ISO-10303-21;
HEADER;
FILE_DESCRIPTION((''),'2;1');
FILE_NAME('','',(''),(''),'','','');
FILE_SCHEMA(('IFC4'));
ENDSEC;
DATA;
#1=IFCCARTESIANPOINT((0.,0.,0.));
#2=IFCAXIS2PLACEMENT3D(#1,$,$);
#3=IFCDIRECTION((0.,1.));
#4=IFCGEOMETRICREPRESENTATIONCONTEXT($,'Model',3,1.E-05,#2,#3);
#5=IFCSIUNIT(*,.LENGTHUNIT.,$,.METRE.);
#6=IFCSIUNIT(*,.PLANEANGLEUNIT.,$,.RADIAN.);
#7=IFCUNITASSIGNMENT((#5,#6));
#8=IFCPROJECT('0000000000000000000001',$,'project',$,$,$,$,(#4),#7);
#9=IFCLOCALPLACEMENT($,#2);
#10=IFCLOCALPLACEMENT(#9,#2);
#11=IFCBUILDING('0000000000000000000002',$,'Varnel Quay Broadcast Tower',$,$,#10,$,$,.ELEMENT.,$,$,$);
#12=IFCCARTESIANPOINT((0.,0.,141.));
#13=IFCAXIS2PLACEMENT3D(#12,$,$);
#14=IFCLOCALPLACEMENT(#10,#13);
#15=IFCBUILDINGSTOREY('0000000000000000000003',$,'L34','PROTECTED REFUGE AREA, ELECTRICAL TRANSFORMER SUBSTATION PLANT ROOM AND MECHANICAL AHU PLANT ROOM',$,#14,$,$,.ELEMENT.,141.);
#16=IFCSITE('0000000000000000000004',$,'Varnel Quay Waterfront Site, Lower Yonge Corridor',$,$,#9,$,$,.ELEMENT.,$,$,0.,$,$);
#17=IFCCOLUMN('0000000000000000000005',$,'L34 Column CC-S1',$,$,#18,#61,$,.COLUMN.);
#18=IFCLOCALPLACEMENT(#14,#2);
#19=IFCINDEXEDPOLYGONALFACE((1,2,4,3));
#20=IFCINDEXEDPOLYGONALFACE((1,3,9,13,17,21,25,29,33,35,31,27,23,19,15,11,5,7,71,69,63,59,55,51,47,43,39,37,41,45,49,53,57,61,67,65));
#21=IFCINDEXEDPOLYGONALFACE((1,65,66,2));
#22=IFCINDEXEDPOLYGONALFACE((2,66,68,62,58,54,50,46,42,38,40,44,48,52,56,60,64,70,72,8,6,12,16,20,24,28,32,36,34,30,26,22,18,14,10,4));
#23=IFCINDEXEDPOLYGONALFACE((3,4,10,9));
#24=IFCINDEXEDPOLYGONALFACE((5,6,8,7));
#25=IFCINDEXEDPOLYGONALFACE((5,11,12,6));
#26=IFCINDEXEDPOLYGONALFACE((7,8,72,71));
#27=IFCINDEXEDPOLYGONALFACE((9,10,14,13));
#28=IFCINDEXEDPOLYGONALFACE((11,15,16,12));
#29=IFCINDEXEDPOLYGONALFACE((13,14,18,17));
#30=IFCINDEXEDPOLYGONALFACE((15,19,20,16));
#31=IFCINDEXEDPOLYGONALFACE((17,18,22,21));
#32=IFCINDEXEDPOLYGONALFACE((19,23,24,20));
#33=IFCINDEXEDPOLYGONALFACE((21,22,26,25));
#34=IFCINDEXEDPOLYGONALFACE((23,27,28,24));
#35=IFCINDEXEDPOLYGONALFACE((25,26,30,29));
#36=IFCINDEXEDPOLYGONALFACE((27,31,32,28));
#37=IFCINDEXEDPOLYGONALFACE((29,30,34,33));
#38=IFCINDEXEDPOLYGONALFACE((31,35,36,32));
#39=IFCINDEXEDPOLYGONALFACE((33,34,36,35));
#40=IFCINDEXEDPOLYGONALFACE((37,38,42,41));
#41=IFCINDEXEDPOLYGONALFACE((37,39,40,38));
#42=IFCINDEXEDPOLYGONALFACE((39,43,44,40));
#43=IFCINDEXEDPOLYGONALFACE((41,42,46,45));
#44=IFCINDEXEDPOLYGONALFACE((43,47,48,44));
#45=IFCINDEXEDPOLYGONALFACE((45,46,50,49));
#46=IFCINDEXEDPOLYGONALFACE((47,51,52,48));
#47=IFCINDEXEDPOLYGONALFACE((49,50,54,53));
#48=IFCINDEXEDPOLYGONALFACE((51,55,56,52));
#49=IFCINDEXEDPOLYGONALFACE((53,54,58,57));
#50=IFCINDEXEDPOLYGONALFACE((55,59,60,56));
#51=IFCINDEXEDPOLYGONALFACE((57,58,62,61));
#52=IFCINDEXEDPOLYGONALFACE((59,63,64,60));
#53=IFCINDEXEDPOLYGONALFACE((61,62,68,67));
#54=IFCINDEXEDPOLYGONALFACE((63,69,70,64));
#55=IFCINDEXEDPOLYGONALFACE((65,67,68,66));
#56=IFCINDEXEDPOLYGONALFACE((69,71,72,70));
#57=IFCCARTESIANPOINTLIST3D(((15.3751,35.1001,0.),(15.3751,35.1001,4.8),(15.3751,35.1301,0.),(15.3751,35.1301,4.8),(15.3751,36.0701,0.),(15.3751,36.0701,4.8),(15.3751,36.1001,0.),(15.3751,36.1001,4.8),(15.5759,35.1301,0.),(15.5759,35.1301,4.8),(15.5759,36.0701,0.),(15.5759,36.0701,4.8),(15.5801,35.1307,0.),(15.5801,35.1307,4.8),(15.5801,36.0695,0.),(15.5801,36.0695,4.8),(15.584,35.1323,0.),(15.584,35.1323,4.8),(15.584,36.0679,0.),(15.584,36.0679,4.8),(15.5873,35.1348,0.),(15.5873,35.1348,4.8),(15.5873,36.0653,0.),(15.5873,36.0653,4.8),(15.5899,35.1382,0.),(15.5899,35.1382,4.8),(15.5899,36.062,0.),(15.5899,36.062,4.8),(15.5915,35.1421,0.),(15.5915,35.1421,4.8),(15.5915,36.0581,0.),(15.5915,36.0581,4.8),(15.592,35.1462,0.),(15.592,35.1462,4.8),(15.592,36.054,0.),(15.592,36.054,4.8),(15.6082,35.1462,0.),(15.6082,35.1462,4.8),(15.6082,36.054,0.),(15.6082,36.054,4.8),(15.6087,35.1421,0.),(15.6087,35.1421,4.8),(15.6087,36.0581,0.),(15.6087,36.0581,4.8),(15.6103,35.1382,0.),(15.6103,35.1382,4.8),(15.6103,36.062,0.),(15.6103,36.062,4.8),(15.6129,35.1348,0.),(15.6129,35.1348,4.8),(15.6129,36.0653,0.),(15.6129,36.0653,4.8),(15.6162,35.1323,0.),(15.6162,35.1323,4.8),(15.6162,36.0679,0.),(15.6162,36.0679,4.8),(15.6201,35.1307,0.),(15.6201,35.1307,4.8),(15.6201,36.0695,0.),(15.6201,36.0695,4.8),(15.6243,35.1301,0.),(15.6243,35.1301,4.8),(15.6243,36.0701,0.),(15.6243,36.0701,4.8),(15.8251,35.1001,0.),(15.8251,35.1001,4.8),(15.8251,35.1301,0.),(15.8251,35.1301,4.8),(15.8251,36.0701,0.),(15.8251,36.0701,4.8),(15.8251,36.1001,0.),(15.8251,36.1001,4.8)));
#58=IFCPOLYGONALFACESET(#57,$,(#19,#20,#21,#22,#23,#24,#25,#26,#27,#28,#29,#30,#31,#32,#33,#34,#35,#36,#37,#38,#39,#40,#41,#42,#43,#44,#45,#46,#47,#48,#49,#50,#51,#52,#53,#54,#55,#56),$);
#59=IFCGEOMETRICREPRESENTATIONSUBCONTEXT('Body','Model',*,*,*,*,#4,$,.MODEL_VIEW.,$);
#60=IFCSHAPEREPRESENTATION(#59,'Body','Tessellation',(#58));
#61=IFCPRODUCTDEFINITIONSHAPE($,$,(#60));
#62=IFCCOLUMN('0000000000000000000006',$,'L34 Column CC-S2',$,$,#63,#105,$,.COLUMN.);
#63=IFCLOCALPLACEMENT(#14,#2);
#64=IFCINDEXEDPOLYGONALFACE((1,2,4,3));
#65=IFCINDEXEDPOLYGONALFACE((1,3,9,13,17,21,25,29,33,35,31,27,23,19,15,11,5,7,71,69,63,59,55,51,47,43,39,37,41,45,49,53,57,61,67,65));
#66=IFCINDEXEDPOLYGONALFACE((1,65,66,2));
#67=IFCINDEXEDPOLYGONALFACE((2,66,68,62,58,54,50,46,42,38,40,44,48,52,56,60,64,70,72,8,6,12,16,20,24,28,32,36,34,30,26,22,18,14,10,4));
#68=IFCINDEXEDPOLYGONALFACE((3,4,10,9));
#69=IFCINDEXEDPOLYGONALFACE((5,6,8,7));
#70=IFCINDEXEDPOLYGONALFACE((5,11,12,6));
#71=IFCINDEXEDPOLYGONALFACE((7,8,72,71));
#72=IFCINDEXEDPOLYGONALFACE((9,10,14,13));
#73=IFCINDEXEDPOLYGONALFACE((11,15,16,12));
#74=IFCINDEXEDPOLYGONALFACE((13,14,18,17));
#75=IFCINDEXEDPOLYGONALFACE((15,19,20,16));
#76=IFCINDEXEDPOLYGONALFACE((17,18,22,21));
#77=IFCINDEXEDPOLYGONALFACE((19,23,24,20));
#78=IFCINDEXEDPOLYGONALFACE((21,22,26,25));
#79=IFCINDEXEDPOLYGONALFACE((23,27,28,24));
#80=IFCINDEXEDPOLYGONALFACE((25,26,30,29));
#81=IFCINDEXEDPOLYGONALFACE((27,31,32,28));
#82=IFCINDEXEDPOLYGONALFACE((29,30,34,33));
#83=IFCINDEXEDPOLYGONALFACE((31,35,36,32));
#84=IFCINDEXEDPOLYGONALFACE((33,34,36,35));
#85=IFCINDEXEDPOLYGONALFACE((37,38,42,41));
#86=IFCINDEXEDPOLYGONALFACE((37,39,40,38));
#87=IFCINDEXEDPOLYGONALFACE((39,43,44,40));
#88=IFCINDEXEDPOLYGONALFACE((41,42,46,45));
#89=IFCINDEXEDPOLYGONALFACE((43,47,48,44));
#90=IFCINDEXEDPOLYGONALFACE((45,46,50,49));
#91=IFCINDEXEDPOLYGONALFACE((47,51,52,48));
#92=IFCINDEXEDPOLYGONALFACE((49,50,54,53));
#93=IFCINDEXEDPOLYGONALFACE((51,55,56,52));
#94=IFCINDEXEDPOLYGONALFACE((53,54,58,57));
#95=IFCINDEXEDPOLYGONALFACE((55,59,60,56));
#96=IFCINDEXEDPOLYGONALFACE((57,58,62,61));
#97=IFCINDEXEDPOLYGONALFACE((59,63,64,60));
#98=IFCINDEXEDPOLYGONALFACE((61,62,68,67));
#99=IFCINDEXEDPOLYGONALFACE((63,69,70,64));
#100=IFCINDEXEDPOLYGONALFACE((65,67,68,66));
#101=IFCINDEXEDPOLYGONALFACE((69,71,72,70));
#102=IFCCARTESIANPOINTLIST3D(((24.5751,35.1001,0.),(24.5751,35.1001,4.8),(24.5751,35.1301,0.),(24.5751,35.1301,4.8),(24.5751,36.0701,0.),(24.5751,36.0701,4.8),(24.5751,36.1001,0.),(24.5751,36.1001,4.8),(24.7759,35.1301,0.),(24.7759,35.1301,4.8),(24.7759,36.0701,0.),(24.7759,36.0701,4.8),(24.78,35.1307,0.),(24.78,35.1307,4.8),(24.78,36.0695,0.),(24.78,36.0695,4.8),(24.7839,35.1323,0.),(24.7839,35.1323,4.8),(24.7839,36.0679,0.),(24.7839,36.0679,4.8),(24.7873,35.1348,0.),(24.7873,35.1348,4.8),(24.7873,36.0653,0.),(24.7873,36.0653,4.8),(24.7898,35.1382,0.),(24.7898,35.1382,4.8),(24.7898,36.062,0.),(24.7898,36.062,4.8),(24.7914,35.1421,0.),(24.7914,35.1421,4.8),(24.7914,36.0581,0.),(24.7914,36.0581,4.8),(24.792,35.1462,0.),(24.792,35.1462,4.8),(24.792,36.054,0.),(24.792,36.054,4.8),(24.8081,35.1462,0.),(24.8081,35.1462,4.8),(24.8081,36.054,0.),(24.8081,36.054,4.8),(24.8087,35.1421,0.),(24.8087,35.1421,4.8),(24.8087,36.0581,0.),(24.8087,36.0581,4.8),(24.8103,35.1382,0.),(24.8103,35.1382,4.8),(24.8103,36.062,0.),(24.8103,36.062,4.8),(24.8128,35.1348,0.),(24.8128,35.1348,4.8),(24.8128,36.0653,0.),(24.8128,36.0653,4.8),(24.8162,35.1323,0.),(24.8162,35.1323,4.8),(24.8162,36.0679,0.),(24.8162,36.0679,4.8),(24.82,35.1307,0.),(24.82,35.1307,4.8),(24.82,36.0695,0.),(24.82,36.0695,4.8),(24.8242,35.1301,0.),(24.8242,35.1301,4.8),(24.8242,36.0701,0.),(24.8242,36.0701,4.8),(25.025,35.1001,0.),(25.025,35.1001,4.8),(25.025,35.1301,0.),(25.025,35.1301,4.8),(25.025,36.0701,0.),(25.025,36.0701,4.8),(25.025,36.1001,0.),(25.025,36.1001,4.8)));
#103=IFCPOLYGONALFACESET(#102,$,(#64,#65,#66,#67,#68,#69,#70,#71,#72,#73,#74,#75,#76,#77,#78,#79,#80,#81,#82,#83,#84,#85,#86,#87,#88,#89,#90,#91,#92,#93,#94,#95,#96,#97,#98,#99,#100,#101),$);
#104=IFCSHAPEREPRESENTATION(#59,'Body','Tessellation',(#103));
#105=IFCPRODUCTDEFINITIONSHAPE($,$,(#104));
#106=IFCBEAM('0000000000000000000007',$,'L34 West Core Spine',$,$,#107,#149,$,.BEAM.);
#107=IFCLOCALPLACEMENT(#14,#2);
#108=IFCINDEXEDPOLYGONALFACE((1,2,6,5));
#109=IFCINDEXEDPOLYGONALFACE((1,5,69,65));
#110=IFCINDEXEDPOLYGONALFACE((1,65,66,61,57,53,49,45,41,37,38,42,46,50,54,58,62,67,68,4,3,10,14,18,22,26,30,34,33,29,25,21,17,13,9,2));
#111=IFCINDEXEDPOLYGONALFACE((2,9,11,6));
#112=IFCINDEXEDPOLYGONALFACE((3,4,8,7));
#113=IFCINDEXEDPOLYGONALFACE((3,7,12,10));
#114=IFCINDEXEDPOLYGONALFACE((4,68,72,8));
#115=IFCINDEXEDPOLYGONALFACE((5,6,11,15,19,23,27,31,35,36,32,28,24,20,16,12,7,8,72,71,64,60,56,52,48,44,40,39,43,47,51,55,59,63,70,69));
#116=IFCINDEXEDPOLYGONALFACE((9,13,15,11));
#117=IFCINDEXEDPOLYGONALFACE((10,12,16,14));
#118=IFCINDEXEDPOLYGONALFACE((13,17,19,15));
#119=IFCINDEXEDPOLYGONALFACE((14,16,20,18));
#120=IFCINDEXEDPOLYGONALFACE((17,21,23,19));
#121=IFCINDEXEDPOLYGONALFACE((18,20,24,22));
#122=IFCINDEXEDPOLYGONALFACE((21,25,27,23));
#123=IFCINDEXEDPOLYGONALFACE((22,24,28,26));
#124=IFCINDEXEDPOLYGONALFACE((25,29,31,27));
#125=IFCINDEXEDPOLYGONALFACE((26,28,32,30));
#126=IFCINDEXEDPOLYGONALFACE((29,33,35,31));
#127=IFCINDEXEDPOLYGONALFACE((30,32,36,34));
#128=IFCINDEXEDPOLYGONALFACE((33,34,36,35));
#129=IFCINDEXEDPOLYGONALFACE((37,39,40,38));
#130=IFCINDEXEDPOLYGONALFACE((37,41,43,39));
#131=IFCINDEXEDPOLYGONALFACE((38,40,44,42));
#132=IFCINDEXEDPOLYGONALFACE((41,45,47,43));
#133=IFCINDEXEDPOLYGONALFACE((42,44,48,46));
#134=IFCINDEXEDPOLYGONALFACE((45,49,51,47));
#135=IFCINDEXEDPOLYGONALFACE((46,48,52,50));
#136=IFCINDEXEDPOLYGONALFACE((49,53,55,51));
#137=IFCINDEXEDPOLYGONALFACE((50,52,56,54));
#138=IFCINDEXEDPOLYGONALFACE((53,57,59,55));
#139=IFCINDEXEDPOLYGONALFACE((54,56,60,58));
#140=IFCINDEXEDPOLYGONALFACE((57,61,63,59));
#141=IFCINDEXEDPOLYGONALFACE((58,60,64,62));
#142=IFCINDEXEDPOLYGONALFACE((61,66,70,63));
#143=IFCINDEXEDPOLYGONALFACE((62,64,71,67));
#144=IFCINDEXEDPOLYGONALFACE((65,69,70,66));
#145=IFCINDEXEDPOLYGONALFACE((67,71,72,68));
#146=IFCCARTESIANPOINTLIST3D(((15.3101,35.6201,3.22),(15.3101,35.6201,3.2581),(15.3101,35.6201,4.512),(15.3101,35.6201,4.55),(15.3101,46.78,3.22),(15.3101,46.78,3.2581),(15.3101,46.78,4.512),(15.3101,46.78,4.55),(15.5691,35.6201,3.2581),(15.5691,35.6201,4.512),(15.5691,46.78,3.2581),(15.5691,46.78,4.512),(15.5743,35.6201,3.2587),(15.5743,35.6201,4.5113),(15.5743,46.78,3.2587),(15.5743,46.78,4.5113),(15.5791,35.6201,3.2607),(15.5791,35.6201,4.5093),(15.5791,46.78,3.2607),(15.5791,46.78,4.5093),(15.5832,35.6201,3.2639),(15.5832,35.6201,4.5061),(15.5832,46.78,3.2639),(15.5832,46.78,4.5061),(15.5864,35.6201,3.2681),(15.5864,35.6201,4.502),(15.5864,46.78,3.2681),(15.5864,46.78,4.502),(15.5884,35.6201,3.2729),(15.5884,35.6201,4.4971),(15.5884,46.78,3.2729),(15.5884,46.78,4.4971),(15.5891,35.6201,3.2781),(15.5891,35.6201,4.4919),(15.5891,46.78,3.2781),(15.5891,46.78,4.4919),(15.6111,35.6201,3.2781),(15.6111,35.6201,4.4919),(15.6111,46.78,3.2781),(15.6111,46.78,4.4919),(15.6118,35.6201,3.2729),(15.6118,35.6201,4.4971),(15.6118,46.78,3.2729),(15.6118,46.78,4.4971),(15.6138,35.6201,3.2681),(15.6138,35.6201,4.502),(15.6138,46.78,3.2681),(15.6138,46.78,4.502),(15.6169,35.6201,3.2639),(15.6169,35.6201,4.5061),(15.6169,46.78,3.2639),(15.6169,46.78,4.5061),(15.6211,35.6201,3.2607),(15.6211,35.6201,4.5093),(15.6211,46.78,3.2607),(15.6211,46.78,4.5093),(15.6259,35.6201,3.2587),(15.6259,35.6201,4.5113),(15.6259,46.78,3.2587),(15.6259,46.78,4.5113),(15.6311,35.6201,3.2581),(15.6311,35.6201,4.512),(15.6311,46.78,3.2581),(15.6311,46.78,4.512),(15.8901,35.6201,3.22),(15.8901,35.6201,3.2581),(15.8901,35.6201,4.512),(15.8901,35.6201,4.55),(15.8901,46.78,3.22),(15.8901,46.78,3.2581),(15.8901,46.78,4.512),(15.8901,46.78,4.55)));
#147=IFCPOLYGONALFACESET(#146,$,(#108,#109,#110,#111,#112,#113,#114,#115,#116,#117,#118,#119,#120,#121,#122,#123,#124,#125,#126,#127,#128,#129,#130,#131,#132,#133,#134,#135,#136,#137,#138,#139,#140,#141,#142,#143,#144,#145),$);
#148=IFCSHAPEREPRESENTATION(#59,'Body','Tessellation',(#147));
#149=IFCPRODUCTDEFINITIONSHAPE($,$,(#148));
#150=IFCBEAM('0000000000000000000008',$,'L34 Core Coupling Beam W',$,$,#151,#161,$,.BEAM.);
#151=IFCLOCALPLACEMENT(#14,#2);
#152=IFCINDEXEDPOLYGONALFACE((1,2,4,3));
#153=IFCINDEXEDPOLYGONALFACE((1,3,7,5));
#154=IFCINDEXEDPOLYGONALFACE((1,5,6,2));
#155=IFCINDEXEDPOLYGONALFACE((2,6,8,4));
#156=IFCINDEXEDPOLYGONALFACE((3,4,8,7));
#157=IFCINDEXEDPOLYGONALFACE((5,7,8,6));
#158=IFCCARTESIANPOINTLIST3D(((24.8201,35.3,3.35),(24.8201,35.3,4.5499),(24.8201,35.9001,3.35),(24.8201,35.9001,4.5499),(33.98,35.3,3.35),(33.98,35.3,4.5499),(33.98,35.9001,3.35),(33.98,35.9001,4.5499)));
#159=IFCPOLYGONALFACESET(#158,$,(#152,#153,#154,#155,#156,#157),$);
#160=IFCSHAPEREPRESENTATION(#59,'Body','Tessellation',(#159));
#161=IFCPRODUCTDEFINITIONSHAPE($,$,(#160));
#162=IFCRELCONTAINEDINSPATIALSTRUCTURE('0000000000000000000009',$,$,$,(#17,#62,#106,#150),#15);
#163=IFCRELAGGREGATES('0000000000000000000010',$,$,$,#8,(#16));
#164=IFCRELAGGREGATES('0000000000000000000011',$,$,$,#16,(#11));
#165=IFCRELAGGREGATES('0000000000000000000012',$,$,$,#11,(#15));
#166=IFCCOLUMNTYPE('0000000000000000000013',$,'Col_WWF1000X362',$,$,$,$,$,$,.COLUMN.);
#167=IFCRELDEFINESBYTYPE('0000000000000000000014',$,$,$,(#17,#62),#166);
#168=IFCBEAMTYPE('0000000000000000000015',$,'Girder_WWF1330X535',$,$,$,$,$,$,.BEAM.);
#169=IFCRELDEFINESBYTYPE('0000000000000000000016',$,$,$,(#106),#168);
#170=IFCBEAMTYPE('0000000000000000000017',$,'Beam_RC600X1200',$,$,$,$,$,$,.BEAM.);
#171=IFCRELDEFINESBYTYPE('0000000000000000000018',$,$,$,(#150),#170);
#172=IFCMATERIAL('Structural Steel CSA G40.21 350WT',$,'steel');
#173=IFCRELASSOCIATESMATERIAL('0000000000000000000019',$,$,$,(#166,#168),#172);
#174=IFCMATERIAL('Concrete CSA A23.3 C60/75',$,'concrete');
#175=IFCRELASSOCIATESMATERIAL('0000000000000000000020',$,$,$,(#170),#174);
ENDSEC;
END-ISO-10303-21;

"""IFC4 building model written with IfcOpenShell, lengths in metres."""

from ifc_helpers import new_model, si_unit, direction, frame, origin, origin_2d, place, context, subcontext, project, spatial, rectangle, i_section, extrude, source, transform, mapped, material, material_profile, profile_set, type_object, type_shapes, element, save


model = new_model("IFC4")

# Units and contexts
model_context = context("Model", 3, precision=1e-05, world=origin(), true_north=direction((0.0, 1.0)))
body_context = subcontext(model_context, "Body", "Model", "MODEL_VIEW")
ifc_project = project(units=[si_unit("LENGTHUNIT", "METRE"), si_unit("PLANEANGLEUNIT", "RADIAN")], contexts=[model_context])

# Site, building, storey
site_placement = place(None, origin())
site = spatial("IfcSite", under=ifc_project, at=site_placement, Name="Varnel Quay Waterfront Site, Lower Yonge Corridor", CompositionType="ELEMENT", RefElevation=0.0)
building_placement = place(site_placement, origin())
building = spatial("IfcBuilding", under=site, at=building_placement, Name="Varnel Quay Broadcast Tower", CompositionType="ELEMENT")
storey_placement = place(building_placement, frame((0.0, 0.0, 141.0)))
storey = spatial("IfcBuildingStorey", under=building, at=storey_placement, Name="L34", Description="PROTECTED REFUGE AREA, ELECTRICAL TRANSFORMER SUBSTATION PLANT ROOM AND MECHANICAL AHU PLANT ROOM", CompositionType="ELEMENT", Elevation=141.0)

# Columns
ifc_material_1 = material(Name="Structural Steel CSA G40.21 350WT", Category="steel")
ifc_material_profile_1 = material_profile(ifc_material_1, i_section(OverallWidth=0.45, OverallDepth=1.0, WebThickness=0.0161, FlangeThickness=0.03, FilletRadius=0.0161, at=origin_2d()), Name="WWF1000X362")
ifc_profile_set_1 = profile_set([ifc_material_profile_1], Name="Structural Steel CSA G40.21 350WT")
column_type = type_object("IfcColumnType", Name="Col_WWF1000X362", PredefinedType="COLUMN", material=ifc_profile_set_1)
shared_shape_1 = source(origin(), body_context, "Body", "SweptSolid", [
    extrude(i_section(OverallWidth=0.45, OverallDepth=1.0, WebThickness=0.0161, FlangeThickness=0.03, FilletRadius=0.0161, at=origin_2d()), origin(), (0.0, 0.0, 1.0), 4.8),
])
type_shapes(column_type, [shared_shape_1])
for number, where, z_axis, x_axis, name in (
    (1, (15.6001, 35.6001, 0.0), (0.0, 0.0, 1.0), (1.0, 0.0, 0.0), "L34 Column CC-S1"),
    (2, (24.8, 35.6001, 0.0), (0.0, 0.0, 1.0), (1.0, 0.0, 0.0), "L34 Column CC-S2"),
):
    element("IfcColumn", number, at=place(storey_placement, frame(where, z_axis=z_axis, x_axis=x_axis)), inside=storey, type_object=column_type, Name=name, PredefinedType="COLUMN", context=body_context, shape_type="MappedRepresentation", body=[
        mapped(shared_shape_1, transform((0.0, 0.0, 0.0), x_axis=(1.0, 0.0, 0.0), y_axis=(0.0, 1.0, 0.0), z_axis=(0.0, 0.0, 1.0), scale=1.0)),
    ])

# Beams
ifc_material_profile_2 = material_profile(ifc_material_1, i_section(OverallWidth=0.5801, OverallDepth=1.3301, WebThickness=0.022, FlangeThickness=0.0381, FilletRadius=0.02, at=origin_2d()), Name="WWF1330X535")
ifc_profile_set_2 = profile_set([ifc_material_profile_2], Name="Structural Steel CSA G40.21 350WT")
beam_type_1 = type_object("IfcBeamType", Name="Girder_WWF1330X535", PredefinedType="BEAM", material=ifc_profile_set_2)
shared_shape_2 = source(origin(), body_context, "Body", "SweptSolid", [
    extrude(i_section(OverallWidth=0.5801, OverallDepth=1.3301, WebThickness=0.022, FlangeThickness=0.0381, FilletRadius=0.02, at=origin_2d()), origin(), (0.0, 0.0, 1.0), 11.1599),
])
beam_1_placement = place(storey_placement, frame((15.6001, 35.6201, 3.885), z_axis=(0.0, 1.0, 0.0), x_axis=(-1.0, 0.0, 0.0)))
element("IfcBeam", 3, at=beam_1_placement, inside=storey, type_object=beam_type_1, Name="L34 West Core Spine", PredefinedType="BEAM", context=body_context, shape_type="MappedRepresentation", body=[
    mapped(shared_shape_2, transform((0.0, 0.0, 0.0), x_axis=(1.0, 0.0, 0.0), y_axis=(0.0, 1.0, 0.0), z_axis=(0.0, 0.0, 1.0), scale=1.0)),
])
ifc_material_2 = material(Name="Concrete CSA A23.3 C60/75", Category="concrete")
ifc_material_profile_3 = material_profile(ifc_material_2, rectangle(XDim=0.6001, YDim=1.2, at=origin_2d()), Name="RC600X1200")
ifc_profile_set_3 = profile_set([ifc_material_profile_3], Name="Concrete CSA A23.3 C60/75")
beam_type_2 = type_object("IfcBeamType", Name="Beam_RC600X1200", PredefinedType="BEAM", material=ifc_profile_set_3)
shared_shape_3 = source(origin(), body_context, "Body", "SweptSolid", [
    extrude(rectangle(XDim=0.6001, YDim=1.2, at=origin_2d()), origin(), (0.0, 0.0, 1.0), 9.1599),
])
type_shapes(beam_type_2, [shared_shape_3])
beam_2_placement = place(storey_placement, frame((24.8201, 35.6001, 3.95), z_axis=(1.0, 0.0, 0.0), x_axis=(0.0, 1.0, 0.0)))
element("IfcBeam", 4, at=beam_2_placement, inside=storey, type_object=beam_type_2, Name="L34 Core Coupling Beam W", PredefinedType="BEAM", context=body_context, shape_type="MappedRepresentation", body=[
    mapped(shared_shape_3, transform((0.0, 0.0, 0.0), x_axis=(1.0, 0.0, 0.0), y_axis=(0.0, 1.0, 0.0), z_axis=(0.0, 0.0, 1.0), scale=1.0)),
])

save(model, "model.ifc")
